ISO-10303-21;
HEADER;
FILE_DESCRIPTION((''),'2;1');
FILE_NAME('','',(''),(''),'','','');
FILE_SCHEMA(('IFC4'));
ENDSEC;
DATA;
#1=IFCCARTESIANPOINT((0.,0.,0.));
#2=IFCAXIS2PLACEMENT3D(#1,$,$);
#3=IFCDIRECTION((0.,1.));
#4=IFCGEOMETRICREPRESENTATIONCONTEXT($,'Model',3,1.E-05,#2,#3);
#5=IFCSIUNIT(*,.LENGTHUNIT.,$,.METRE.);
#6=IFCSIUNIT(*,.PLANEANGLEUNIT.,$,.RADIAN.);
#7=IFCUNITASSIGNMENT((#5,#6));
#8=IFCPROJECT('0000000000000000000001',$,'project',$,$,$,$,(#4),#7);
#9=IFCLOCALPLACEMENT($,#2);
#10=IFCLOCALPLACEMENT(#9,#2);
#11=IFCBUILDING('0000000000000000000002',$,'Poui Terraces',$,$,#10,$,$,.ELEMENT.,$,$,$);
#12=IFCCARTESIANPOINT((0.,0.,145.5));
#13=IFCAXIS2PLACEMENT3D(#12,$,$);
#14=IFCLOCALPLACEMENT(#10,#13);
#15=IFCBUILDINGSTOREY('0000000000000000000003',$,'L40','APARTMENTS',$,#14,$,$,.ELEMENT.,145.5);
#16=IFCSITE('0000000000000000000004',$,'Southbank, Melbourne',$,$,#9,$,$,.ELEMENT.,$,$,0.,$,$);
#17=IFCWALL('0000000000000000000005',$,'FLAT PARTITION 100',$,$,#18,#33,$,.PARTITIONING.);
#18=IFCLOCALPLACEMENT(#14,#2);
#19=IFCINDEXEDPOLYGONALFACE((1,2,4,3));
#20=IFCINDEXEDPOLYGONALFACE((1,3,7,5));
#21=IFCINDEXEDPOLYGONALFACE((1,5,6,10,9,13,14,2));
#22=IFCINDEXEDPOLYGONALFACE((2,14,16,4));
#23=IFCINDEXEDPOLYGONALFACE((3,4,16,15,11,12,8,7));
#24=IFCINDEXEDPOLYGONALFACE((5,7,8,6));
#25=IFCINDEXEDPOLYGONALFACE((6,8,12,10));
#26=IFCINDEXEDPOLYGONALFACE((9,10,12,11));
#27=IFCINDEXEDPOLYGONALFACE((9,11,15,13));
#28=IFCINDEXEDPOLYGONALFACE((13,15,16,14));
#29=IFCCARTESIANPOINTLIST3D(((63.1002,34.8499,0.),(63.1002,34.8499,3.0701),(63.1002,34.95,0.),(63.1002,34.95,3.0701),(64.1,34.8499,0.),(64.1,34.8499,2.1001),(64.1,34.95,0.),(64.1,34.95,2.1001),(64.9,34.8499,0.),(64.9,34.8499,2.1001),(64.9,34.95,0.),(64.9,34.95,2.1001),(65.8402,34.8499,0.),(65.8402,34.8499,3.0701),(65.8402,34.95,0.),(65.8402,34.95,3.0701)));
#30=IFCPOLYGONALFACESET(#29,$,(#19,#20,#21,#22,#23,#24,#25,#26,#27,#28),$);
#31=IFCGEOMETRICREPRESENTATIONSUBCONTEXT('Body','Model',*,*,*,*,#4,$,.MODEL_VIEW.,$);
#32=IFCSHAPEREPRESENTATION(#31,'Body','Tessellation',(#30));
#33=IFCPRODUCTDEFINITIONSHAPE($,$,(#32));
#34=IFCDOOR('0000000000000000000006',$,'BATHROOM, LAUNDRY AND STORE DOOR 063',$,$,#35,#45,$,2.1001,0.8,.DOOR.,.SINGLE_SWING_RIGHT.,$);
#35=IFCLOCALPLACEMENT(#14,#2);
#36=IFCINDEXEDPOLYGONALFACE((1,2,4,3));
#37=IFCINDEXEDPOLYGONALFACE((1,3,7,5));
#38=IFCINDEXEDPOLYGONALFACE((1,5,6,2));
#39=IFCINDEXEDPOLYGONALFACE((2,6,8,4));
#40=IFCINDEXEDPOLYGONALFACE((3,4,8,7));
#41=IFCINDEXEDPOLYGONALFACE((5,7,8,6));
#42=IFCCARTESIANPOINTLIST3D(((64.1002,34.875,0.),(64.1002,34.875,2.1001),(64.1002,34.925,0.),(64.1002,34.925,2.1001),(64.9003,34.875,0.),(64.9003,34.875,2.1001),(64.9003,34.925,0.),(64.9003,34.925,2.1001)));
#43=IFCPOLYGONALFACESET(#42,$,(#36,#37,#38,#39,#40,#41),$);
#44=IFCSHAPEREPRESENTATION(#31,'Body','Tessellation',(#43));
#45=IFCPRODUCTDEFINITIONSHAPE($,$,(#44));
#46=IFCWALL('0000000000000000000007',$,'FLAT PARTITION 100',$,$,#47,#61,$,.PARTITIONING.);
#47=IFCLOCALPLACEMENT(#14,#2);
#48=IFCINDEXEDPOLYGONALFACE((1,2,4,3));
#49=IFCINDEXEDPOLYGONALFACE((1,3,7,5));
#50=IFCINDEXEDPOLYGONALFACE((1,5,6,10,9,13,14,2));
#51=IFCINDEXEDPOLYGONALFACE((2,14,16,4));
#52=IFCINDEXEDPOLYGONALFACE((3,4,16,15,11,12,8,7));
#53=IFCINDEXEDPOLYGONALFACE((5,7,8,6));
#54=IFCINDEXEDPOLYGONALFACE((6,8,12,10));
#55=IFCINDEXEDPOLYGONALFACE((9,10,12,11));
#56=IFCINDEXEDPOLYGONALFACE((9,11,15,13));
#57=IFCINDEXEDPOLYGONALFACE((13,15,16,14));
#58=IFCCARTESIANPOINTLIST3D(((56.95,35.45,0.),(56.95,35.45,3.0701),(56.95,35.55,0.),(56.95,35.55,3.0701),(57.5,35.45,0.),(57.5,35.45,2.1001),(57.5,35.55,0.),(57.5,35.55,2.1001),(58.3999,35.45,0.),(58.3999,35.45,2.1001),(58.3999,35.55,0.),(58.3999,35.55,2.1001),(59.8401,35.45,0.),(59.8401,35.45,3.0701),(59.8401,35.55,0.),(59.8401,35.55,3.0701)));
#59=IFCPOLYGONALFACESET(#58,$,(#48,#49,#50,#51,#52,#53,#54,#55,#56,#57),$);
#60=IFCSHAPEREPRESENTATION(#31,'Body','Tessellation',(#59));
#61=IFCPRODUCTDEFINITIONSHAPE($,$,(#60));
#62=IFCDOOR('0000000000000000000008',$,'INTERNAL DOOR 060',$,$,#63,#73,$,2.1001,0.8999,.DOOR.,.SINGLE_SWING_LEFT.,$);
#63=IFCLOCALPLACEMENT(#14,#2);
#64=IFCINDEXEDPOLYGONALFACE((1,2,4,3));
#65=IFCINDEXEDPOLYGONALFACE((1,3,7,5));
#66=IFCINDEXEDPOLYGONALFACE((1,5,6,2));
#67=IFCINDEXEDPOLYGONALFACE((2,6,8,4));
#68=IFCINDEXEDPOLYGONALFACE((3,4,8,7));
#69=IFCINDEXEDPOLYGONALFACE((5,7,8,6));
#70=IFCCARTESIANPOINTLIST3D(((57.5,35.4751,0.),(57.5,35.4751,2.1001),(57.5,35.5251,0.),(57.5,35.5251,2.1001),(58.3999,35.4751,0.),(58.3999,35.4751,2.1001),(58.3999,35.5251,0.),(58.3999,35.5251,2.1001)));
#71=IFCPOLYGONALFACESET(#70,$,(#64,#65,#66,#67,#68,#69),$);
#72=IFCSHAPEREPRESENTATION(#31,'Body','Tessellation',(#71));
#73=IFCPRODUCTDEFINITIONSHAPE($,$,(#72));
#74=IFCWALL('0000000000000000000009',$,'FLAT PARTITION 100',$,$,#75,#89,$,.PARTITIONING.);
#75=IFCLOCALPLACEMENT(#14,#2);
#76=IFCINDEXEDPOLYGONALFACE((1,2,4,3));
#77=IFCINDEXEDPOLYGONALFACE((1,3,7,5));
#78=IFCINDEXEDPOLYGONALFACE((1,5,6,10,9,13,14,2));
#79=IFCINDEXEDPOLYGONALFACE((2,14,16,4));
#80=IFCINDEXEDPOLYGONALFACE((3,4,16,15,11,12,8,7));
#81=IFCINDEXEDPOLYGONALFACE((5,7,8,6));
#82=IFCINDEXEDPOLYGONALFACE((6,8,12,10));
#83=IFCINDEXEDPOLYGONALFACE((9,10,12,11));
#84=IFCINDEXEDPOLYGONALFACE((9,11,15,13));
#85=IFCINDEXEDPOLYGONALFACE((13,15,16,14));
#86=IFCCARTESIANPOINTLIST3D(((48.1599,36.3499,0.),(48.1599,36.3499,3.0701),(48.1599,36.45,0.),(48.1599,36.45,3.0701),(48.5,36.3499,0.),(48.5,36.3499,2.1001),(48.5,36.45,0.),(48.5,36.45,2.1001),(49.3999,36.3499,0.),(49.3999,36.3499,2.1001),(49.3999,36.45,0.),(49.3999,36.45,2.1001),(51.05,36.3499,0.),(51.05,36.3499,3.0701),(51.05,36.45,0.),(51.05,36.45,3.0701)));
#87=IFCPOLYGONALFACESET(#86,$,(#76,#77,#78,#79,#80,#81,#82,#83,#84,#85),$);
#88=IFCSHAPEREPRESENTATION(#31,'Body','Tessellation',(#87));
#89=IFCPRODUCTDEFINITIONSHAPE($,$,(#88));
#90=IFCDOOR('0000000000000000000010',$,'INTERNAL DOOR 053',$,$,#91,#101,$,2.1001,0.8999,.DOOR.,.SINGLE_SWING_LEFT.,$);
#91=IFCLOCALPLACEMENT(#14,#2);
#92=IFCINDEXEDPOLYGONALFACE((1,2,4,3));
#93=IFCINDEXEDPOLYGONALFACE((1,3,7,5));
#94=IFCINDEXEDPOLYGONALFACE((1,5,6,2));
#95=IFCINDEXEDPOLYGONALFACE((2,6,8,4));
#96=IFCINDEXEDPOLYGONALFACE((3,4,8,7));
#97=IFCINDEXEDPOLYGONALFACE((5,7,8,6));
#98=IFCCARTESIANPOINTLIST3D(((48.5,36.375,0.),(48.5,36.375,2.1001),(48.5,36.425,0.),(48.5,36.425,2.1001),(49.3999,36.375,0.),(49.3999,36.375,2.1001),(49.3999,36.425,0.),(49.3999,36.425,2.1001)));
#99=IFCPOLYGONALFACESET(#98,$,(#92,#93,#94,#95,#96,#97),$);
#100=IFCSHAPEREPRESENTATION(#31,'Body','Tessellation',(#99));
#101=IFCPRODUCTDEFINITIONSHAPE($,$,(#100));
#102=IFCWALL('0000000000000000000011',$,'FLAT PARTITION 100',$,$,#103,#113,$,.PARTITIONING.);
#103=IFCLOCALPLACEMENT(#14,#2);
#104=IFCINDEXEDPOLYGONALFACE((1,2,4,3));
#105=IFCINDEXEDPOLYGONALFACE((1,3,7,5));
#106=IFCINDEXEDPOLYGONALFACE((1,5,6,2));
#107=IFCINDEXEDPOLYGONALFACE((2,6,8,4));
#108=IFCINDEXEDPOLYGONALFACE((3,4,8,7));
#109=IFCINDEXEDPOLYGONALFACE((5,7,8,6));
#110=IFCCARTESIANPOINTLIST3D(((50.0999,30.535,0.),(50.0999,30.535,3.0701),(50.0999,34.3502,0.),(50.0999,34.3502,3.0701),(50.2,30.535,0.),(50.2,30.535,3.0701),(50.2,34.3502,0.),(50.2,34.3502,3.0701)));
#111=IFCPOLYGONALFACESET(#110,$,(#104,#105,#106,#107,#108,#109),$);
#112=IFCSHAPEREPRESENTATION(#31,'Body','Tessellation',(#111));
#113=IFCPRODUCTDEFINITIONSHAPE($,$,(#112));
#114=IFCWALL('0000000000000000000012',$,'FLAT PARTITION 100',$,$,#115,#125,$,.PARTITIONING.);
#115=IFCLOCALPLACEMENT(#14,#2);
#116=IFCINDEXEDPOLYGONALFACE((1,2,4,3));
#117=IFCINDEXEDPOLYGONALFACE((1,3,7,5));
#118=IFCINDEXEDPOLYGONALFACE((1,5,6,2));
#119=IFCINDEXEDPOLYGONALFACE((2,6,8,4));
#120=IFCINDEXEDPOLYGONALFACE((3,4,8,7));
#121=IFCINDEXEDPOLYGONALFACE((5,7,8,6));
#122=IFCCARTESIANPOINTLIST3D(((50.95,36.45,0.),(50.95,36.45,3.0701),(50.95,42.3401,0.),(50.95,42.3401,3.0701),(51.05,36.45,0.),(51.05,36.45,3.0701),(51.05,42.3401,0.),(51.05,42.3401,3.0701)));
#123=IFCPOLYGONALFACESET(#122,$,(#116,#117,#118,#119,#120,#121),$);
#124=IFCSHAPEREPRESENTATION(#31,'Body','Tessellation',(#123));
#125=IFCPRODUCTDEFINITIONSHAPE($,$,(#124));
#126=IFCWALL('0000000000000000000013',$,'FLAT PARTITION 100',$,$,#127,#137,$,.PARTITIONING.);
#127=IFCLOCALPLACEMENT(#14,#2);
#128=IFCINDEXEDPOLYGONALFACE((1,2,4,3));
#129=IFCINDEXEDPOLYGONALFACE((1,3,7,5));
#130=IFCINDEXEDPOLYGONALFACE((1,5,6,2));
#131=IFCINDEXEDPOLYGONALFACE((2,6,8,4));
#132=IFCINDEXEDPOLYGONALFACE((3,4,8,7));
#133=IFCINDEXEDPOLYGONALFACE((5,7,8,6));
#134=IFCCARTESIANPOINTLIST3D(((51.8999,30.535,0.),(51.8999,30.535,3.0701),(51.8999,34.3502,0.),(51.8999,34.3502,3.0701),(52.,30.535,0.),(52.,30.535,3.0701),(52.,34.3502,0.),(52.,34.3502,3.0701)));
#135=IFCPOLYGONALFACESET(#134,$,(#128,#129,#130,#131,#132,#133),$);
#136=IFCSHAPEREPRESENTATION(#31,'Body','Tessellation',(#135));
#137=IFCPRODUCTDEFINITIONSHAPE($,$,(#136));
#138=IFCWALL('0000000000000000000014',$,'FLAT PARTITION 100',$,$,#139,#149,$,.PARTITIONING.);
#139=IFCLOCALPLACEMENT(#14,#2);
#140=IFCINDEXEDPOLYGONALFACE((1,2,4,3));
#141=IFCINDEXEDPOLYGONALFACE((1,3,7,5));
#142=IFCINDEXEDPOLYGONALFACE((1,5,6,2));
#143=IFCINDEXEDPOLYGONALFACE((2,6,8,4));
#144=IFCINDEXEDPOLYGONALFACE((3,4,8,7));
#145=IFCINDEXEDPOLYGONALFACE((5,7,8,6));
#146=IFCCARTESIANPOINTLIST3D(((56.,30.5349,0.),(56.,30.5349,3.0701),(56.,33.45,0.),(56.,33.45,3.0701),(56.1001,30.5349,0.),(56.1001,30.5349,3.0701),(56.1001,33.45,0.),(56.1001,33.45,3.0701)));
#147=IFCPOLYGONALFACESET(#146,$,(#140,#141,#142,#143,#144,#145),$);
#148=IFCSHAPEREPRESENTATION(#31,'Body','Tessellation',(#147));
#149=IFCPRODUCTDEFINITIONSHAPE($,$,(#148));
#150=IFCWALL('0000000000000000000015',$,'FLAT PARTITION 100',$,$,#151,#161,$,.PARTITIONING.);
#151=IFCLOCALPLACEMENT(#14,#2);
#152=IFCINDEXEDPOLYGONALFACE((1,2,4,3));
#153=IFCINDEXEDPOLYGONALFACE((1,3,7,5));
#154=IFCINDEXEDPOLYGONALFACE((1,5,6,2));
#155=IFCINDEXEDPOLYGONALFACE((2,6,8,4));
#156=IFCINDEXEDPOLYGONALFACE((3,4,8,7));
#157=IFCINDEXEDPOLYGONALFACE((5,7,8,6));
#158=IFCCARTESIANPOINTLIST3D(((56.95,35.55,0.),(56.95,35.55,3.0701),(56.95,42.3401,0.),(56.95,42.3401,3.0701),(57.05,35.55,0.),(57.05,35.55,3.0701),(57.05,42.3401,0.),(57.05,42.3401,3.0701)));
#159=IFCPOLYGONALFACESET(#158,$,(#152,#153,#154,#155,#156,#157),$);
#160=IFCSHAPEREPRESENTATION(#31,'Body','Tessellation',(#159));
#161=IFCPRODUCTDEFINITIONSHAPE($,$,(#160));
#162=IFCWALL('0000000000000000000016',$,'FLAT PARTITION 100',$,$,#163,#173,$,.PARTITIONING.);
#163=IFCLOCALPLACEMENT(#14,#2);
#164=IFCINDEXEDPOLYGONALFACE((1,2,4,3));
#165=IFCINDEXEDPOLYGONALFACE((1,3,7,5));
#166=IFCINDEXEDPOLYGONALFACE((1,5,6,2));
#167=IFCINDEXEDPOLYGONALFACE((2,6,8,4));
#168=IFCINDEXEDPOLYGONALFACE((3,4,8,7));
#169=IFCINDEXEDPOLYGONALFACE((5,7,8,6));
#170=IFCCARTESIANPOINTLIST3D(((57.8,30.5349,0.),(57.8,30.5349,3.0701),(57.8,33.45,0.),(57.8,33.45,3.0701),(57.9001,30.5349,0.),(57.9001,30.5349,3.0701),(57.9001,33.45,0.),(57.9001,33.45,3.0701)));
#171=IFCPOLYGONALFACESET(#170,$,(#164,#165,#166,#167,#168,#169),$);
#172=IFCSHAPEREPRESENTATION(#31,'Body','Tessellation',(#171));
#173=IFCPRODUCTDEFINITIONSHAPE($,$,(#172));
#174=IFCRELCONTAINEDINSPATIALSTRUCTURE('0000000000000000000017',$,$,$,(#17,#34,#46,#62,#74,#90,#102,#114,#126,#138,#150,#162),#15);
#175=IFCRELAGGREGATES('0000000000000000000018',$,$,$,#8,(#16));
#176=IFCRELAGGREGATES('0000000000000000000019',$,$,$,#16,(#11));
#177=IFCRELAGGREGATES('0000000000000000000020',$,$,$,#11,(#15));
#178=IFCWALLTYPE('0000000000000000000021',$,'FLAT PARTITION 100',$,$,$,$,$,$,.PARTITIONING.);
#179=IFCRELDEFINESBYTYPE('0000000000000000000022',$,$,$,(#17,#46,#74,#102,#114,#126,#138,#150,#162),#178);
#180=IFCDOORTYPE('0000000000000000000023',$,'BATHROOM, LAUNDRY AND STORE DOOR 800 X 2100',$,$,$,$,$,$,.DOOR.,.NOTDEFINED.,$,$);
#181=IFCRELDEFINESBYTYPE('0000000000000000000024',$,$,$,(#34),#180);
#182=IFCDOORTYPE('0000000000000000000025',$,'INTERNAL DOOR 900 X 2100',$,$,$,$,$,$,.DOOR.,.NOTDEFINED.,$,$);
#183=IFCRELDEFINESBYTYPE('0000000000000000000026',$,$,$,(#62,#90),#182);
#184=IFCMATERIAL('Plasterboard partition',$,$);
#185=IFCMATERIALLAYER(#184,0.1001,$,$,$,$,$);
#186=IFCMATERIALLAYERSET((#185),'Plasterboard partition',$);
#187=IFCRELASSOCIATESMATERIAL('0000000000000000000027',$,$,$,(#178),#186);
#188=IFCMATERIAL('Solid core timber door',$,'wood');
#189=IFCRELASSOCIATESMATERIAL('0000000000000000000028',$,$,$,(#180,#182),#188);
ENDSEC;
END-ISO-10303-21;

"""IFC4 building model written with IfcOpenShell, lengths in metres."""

from ifc_helpers import new_model, si_unit, direction, frame, frame_2d, origin, place, context, subcontext, project, spatial, rectangle, extrude, material, layer, layer_set, type_object, element, fill, save


model = new_model("IFC4")

# Units and contexts
model_context = context("Model", 3, precision=1e-05, world=origin(), true_north=direction((0.0, 1.0)))
body_context = subcontext(model_context, "Body", "Model", "MODEL_VIEW")
ifc_project = project(units=[si_unit("LENGTHUNIT", "METRE"), si_unit("PLANEANGLEUNIT", "RADIAN")], contexts=[model_context])

# Site, building, storey
site_placement = place(None, origin())
site = spatial("IfcSite", under=ifc_project, at=site_placement, Name="Southbank, Melbourne", CompositionType="ELEMENT", RefElevation=0.0)
building_placement = place(site_placement, origin())
building = spatial("IfcBuilding", under=site, at=building_placement, Name="Poui Terraces", CompositionType="ELEMENT")
storey_placement = place(building_placement, frame((0.0, 0.0, 145.5)))
storey = spatial("IfcBuildingStorey", under=building, at=storey_placement, Name="L40", Description="APARTMENTS", CompositionType="ELEMENT", Elevation=145.5)

# Walls, openings, doors
ifc_material_1 = material(Name="Plasterboard partition")
ifc_layer_1 = layer(ifc_material_1, 0.1001)
ifc_layer_set_1 = layer_set([ifc_layer_1], Name="Plasterboard partition")
wall_type_1 = type_object("IfcWallType", Name="FLAT PARTITION 100", PredefinedType="PARTITIONING", material=ifc_layer_set_1)
ifc_material_2 = material(Name="Solid core timber door", Category="wood")
door_type_1 = type_object("IfcDoorType", Name="BATHROOM, LAUNDRY AND STORE DOOR 800 X 2100", OperationType="NOTDEFINED", PredefinedType="DOOR", material=ifc_material_2)
door_type_2 = type_object("IfcDoorType", Name="INTERNAL DOOR 900 X 2100", OperationType="NOTDEFINED", PredefinedType="DOOR", material=ifc_material_2)
wall_1_placement = place(storey_placement, frame((63.1001, 34.8999, 0.0), z_axis=(0.0, 0.0, 1.0), x_axis=(1.0, 0.0, 0.0)))
wall_1 = element("IfcWall", 1, at=wall_1_placement, inside=storey, type_object=wall_type_1, Name="FLAT PARTITION 100", PredefinedType="PARTITIONING", context=body_context, shape_type="SweptSolid", body=[
    extrude(rectangle(XDim=2.74, YDim=0.1001, at=frame_2d((1.3701, 0.0))), origin(), (0.0, 0.0, 1.0), 3.0701),
])
opening_1_placement = place(wall_1_placement, frame((1.0, 0.0, 0.0)))
opening_1 = element("IfcOpeningElement", 2, at=opening_1_placement, cuts=wall_1, PredefinedType="OPENING", context=body_context, shape_type="SweptSolid", body=[
    extrude(rectangle(XDim=0.8, YDim=2.1001, at=frame_2d((0.3999, 1.05))), frame((0.0, 0.0601, 0.0), z_axis=(0.0, -1.0, 0.0), x_axis=(1.0, 0.0, 0.0)), (0.0, 0.0, 1.0), 0.1201),
])
door_1_placement = place(opening_1_placement, frame((0.8, 0.0, 0.0), z_axis=(0.0, 0.0, 1.0), x_axis=(-1.0, 0.0, 0.0)))
door_1 = element("IfcDoor", 3, at=door_1_placement, inside=storey, type_object=door_type_1, Name="BATHROOM, LAUNDRY AND STORE DOOR 063", OperationType="SINGLE_SWING_RIGHT", OverallHeight=2.1001, OverallWidth=0.8, PredefinedType="DOOR", context=body_context, shape_type="SweptSolid", body=[
    extrude(rectangle(XDim=0.8, YDim=2.1001, at=frame_2d((0.3999, 1.05))), frame((0.0, 0.0249, 0.0), z_axis=(0.0, -1.0, 0.0), x_axis=(1.0, 0.0, 0.0)), (0.0, 0.0, 1.0), 0.05),
])
fill(opening_1, door_1)
wall_2_placement = place(storey_placement, frame((56.95, 35.5, 0.0), z_axis=(0.0, 0.0, 1.0), x_axis=(1.0, 0.0, 0.0)))
wall_2 = element("IfcWall", 4, at=wall_2_placement, inside=storey, type_object=wall_type_1, Name="FLAT PARTITION 100", PredefinedType="PARTITIONING", context=body_context, shape_type="SweptSolid", body=[
    extrude(rectangle(XDim=2.8901, YDim=0.1001, at=frame_2d((1.4451, 0.0))), origin(), (0.0, 0.0, 1.0), 3.0701),
])
opening_2_placement = place(wall_2_placement, frame((0.55, 0.0, 0.0)))
opening_2 = element("IfcOpeningElement", 5, at=opening_2_placement, cuts=wall_2, PredefinedType="OPENING", context=body_context, shape_type="SweptSolid", body=[
    extrude(rectangle(XDim=0.8999, YDim=2.1001, at=frame_2d((0.45, 1.05))), frame((0.0, 0.0601, 0.0), z_axis=(0.0, -1.0, 0.0), x_axis=(1.0, 0.0, 0.0)), (0.0, 0.0, 1.0), 0.1201),
])
door_2_placement = place(opening_2_placement, frame((0.8999, 0.0, 0.0), z_axis=(0.0, 0.0, 1.0), x_axis=(-1.0, 0.0, 0.0)))
door_2 = element("IfcDoor", 6, at=door_2_placement, inside=storey, type_object=door_type_2, Name="INTERNAL DOOR 060", OperationType="SINGLE_SWING_LEFT", OverallHeight=2.1001, OverallWidth=0.8999, PredefinedType="DOOR", context=body_context, shape_type="SweptSolid", body=[
    extrude(rectangle(XDim=0.8999, YDim=2.1001, at=frame_2d((0.45, 1.05))), frame((0.0, 0.0249, 0.0), z_axis=(0.0, -1.0, 0.0), x_axis=(1.0, 0.0, 0.0)), (0.0, 0.0, 1.0), 0.05),
])
fill(opening_2, door_2)
wall_3_placement = place(storey_placement, frame((48.1599, 36.3999, 0.0), z_axis=(0.0, 0.0, 1.0), x_axis=(1.0, 0.0, 0.0)))
wall_3 = element("IfcWall", 7, at=wall_3_placement, inside=storey, type_object=wall_type_1, Name="FLAT PARTITION 100", PredefinedType="PARTITIONING", context=body_context, shape_type="SweptSolid", body=[
    extrude(rectangle(XDim=2.8901, YDim=0.1001, at=frame_2d((1.4451, 0.0))), origin(), (0.0, 0.0, 1.0), 3.0701),
])
opening_3_placement = place(wall_3_placement, frame((0.3401, 0.0, 0.0)))
opening_3 = element("IfcOpeningElement", 8, at=opening_3_placement, cuts=wall_3, PredefinedType="OPENING", context=body_context, shape_type="SweptSolid", body=[
    extrude(rectangle(XDim=0.8999, YDim=2.1001, at=frame_2d((0.45, 1.05))), frame((0.0, 0.0601, 0.0), z_axis=(0.0, -1.0, 0.0), x_axis=(1.0, 0.0, 0.0)), (0.0, 0.0, 1.0), 0.1201),
])
door_3_placement = place(opening_3_placement, frame((0.8999, 0.0, 0.0), z_axis=(0.0, 0.0, 1.0), x_axis=(-1.0, 0.0, 0.0)))
door_3 = element("IfcDoor", 9, at=door_3_placement, inside=storey, type_object=door_type_2, Name="INTERNAL DOOR 053", OperationType="SINGLE_SWING_LEFT", OverallHeight=2.1001, OverallWidth=0.8999, PredefinedType="DOOR", context=body_context, shape_type="SweptSolid", body=[
    extrude(rectangle(XDim=0.8999, YDim=2.1001, at=frame_2d((0.45, 1.05))), frame((0.0, 0.0249, 0.0), z_axis=(0.0, -1.0, 0.0), x_axis=(1.0, 0.0, 0.0)), (0.0, 0.0, 1.0), 0.05),
])
fill(opening_3, door_3)

# Walls
wall_4_placement = place(storey_placement, frame((50.1499, 30.5349, 0.0), z_axis=(0.0, 0.0, 1.0), x_axis=(0.0, 1.0, 0.0)))
element("IfcWall", 10, at=wall_4_placement, inside=storey, type_object=wall_type_1, Name="FLAT PARTITION 100", PredefinedType="PARTITIONING", context=body_context, shape_type="SweptSolid", body=[
    extrude(rectangle(XDim=3.8152, YDim=0.1001, at=frame_2d((1.9077, 0.0))), origin(), (0.0, 0.0, 1.0), 3.0701),
])
wall_5_placement = place(storey_placement, frame((51.0, 36.45, 0.0), z_axis=(0.0, 0.0, 1.0), x_axis=(0.0, 1.0, 0.0)))
element("IfcWall", 11, at=wall_5_placement, inside=storey, type_object=wall_type_1, Name="FLAT PARTITION 100", PredefinedType="PARTITIONING", context=body_context, shape_type="SweptSolid", body=[
    extrude(rectangle(XDim=5.8901, YDim=0.1001, at=frame_2d((2.9451, 0.0))), origin(), (0.0, 0.0, 1.0), 3.0701),
])
wall_6_placement = place(storey_placement, frame((51.95, 30.5349, 0.0), z_axis=(0.0, 0.0, 1.0), x_axis=(0.0, 1.0, 0.0)))
element("IfcWall", 12, at=wall_6_placement, inside=storey, type_object=wall_type_1, Name="FLAT PARTITION 100", PredefinedType="PARTITIONING", context=body_context, shape_type="SweptSolid", body=[
    extrude(rectangle(XDim=3.8152, YDim=0.1001, at=frame_2d((1.9077, 0.0))), origin(), (0.0, 0.0, 1.0), 3.0701),
])
wall_7_placement = place(storey_placement, frame((56.05, 30.5349, 0.0), z_axis=(0.0, 0.0, 1.0), x_axis=(0.0, 1.0, 0.0)))
element("IfcWall", 13, at=wall_7_placement, inside=storey, type_object=wall_type_1, Name="FLAT PARTITION 100", PredefinedType="PARTITIONING", context=body_context, shape_type="SweptSolid", body=[
    extrude(rectangle(XDim=2.915, YDim=0.1001, at=frame_2d((1.4575, 0.0))), origin(), (0.0, 0.0, 1.0), 3.0701),
])
wall_8_placement = place(storey_placement, frame((57.0, 35.55, 0.0), z_axis=(0.0, 0.0, 1.0), x_axis=(0.0, 1.0, 0.0)))
element("IfcWall", 14, at=wall_8_placement, inside=storey, type_object=wall_type_1, Name="FLAT PARTITION 100", PredefinedType="PARTITIONING", context=body_context, shape_type="SweptSolid", body=[
    extrude(rectangle(XDim=6.79, YDim=0.1001, at=frame_2d((3.395, 0.0))), origin(), (0.0, 0.0, 1.0), 3.0701),
])
wall_9_placement = place(storey_placement, frame((57.8501, 30.5349, 0.0), z_axis=(0.0, 0.0, 1.0), x_axis=(0.0, 1.0, 0.0)))
element("IfcWall", 15, at=wall_9_placement, inside=storey, type_object=wall_type_1, Name="FLAT PARTITION 100", PredefinedType="PARTITIONING", context=body_context, shape_type="SweptSolid", body=[
    extrude(rectangle(XDim=2.915, YDim=0.1001, at=frame_2d((1.4575, 0.0))), origin(), (0.0, 0.0, 1.0), 3.0701),
])

save(model, "model.ifc")
